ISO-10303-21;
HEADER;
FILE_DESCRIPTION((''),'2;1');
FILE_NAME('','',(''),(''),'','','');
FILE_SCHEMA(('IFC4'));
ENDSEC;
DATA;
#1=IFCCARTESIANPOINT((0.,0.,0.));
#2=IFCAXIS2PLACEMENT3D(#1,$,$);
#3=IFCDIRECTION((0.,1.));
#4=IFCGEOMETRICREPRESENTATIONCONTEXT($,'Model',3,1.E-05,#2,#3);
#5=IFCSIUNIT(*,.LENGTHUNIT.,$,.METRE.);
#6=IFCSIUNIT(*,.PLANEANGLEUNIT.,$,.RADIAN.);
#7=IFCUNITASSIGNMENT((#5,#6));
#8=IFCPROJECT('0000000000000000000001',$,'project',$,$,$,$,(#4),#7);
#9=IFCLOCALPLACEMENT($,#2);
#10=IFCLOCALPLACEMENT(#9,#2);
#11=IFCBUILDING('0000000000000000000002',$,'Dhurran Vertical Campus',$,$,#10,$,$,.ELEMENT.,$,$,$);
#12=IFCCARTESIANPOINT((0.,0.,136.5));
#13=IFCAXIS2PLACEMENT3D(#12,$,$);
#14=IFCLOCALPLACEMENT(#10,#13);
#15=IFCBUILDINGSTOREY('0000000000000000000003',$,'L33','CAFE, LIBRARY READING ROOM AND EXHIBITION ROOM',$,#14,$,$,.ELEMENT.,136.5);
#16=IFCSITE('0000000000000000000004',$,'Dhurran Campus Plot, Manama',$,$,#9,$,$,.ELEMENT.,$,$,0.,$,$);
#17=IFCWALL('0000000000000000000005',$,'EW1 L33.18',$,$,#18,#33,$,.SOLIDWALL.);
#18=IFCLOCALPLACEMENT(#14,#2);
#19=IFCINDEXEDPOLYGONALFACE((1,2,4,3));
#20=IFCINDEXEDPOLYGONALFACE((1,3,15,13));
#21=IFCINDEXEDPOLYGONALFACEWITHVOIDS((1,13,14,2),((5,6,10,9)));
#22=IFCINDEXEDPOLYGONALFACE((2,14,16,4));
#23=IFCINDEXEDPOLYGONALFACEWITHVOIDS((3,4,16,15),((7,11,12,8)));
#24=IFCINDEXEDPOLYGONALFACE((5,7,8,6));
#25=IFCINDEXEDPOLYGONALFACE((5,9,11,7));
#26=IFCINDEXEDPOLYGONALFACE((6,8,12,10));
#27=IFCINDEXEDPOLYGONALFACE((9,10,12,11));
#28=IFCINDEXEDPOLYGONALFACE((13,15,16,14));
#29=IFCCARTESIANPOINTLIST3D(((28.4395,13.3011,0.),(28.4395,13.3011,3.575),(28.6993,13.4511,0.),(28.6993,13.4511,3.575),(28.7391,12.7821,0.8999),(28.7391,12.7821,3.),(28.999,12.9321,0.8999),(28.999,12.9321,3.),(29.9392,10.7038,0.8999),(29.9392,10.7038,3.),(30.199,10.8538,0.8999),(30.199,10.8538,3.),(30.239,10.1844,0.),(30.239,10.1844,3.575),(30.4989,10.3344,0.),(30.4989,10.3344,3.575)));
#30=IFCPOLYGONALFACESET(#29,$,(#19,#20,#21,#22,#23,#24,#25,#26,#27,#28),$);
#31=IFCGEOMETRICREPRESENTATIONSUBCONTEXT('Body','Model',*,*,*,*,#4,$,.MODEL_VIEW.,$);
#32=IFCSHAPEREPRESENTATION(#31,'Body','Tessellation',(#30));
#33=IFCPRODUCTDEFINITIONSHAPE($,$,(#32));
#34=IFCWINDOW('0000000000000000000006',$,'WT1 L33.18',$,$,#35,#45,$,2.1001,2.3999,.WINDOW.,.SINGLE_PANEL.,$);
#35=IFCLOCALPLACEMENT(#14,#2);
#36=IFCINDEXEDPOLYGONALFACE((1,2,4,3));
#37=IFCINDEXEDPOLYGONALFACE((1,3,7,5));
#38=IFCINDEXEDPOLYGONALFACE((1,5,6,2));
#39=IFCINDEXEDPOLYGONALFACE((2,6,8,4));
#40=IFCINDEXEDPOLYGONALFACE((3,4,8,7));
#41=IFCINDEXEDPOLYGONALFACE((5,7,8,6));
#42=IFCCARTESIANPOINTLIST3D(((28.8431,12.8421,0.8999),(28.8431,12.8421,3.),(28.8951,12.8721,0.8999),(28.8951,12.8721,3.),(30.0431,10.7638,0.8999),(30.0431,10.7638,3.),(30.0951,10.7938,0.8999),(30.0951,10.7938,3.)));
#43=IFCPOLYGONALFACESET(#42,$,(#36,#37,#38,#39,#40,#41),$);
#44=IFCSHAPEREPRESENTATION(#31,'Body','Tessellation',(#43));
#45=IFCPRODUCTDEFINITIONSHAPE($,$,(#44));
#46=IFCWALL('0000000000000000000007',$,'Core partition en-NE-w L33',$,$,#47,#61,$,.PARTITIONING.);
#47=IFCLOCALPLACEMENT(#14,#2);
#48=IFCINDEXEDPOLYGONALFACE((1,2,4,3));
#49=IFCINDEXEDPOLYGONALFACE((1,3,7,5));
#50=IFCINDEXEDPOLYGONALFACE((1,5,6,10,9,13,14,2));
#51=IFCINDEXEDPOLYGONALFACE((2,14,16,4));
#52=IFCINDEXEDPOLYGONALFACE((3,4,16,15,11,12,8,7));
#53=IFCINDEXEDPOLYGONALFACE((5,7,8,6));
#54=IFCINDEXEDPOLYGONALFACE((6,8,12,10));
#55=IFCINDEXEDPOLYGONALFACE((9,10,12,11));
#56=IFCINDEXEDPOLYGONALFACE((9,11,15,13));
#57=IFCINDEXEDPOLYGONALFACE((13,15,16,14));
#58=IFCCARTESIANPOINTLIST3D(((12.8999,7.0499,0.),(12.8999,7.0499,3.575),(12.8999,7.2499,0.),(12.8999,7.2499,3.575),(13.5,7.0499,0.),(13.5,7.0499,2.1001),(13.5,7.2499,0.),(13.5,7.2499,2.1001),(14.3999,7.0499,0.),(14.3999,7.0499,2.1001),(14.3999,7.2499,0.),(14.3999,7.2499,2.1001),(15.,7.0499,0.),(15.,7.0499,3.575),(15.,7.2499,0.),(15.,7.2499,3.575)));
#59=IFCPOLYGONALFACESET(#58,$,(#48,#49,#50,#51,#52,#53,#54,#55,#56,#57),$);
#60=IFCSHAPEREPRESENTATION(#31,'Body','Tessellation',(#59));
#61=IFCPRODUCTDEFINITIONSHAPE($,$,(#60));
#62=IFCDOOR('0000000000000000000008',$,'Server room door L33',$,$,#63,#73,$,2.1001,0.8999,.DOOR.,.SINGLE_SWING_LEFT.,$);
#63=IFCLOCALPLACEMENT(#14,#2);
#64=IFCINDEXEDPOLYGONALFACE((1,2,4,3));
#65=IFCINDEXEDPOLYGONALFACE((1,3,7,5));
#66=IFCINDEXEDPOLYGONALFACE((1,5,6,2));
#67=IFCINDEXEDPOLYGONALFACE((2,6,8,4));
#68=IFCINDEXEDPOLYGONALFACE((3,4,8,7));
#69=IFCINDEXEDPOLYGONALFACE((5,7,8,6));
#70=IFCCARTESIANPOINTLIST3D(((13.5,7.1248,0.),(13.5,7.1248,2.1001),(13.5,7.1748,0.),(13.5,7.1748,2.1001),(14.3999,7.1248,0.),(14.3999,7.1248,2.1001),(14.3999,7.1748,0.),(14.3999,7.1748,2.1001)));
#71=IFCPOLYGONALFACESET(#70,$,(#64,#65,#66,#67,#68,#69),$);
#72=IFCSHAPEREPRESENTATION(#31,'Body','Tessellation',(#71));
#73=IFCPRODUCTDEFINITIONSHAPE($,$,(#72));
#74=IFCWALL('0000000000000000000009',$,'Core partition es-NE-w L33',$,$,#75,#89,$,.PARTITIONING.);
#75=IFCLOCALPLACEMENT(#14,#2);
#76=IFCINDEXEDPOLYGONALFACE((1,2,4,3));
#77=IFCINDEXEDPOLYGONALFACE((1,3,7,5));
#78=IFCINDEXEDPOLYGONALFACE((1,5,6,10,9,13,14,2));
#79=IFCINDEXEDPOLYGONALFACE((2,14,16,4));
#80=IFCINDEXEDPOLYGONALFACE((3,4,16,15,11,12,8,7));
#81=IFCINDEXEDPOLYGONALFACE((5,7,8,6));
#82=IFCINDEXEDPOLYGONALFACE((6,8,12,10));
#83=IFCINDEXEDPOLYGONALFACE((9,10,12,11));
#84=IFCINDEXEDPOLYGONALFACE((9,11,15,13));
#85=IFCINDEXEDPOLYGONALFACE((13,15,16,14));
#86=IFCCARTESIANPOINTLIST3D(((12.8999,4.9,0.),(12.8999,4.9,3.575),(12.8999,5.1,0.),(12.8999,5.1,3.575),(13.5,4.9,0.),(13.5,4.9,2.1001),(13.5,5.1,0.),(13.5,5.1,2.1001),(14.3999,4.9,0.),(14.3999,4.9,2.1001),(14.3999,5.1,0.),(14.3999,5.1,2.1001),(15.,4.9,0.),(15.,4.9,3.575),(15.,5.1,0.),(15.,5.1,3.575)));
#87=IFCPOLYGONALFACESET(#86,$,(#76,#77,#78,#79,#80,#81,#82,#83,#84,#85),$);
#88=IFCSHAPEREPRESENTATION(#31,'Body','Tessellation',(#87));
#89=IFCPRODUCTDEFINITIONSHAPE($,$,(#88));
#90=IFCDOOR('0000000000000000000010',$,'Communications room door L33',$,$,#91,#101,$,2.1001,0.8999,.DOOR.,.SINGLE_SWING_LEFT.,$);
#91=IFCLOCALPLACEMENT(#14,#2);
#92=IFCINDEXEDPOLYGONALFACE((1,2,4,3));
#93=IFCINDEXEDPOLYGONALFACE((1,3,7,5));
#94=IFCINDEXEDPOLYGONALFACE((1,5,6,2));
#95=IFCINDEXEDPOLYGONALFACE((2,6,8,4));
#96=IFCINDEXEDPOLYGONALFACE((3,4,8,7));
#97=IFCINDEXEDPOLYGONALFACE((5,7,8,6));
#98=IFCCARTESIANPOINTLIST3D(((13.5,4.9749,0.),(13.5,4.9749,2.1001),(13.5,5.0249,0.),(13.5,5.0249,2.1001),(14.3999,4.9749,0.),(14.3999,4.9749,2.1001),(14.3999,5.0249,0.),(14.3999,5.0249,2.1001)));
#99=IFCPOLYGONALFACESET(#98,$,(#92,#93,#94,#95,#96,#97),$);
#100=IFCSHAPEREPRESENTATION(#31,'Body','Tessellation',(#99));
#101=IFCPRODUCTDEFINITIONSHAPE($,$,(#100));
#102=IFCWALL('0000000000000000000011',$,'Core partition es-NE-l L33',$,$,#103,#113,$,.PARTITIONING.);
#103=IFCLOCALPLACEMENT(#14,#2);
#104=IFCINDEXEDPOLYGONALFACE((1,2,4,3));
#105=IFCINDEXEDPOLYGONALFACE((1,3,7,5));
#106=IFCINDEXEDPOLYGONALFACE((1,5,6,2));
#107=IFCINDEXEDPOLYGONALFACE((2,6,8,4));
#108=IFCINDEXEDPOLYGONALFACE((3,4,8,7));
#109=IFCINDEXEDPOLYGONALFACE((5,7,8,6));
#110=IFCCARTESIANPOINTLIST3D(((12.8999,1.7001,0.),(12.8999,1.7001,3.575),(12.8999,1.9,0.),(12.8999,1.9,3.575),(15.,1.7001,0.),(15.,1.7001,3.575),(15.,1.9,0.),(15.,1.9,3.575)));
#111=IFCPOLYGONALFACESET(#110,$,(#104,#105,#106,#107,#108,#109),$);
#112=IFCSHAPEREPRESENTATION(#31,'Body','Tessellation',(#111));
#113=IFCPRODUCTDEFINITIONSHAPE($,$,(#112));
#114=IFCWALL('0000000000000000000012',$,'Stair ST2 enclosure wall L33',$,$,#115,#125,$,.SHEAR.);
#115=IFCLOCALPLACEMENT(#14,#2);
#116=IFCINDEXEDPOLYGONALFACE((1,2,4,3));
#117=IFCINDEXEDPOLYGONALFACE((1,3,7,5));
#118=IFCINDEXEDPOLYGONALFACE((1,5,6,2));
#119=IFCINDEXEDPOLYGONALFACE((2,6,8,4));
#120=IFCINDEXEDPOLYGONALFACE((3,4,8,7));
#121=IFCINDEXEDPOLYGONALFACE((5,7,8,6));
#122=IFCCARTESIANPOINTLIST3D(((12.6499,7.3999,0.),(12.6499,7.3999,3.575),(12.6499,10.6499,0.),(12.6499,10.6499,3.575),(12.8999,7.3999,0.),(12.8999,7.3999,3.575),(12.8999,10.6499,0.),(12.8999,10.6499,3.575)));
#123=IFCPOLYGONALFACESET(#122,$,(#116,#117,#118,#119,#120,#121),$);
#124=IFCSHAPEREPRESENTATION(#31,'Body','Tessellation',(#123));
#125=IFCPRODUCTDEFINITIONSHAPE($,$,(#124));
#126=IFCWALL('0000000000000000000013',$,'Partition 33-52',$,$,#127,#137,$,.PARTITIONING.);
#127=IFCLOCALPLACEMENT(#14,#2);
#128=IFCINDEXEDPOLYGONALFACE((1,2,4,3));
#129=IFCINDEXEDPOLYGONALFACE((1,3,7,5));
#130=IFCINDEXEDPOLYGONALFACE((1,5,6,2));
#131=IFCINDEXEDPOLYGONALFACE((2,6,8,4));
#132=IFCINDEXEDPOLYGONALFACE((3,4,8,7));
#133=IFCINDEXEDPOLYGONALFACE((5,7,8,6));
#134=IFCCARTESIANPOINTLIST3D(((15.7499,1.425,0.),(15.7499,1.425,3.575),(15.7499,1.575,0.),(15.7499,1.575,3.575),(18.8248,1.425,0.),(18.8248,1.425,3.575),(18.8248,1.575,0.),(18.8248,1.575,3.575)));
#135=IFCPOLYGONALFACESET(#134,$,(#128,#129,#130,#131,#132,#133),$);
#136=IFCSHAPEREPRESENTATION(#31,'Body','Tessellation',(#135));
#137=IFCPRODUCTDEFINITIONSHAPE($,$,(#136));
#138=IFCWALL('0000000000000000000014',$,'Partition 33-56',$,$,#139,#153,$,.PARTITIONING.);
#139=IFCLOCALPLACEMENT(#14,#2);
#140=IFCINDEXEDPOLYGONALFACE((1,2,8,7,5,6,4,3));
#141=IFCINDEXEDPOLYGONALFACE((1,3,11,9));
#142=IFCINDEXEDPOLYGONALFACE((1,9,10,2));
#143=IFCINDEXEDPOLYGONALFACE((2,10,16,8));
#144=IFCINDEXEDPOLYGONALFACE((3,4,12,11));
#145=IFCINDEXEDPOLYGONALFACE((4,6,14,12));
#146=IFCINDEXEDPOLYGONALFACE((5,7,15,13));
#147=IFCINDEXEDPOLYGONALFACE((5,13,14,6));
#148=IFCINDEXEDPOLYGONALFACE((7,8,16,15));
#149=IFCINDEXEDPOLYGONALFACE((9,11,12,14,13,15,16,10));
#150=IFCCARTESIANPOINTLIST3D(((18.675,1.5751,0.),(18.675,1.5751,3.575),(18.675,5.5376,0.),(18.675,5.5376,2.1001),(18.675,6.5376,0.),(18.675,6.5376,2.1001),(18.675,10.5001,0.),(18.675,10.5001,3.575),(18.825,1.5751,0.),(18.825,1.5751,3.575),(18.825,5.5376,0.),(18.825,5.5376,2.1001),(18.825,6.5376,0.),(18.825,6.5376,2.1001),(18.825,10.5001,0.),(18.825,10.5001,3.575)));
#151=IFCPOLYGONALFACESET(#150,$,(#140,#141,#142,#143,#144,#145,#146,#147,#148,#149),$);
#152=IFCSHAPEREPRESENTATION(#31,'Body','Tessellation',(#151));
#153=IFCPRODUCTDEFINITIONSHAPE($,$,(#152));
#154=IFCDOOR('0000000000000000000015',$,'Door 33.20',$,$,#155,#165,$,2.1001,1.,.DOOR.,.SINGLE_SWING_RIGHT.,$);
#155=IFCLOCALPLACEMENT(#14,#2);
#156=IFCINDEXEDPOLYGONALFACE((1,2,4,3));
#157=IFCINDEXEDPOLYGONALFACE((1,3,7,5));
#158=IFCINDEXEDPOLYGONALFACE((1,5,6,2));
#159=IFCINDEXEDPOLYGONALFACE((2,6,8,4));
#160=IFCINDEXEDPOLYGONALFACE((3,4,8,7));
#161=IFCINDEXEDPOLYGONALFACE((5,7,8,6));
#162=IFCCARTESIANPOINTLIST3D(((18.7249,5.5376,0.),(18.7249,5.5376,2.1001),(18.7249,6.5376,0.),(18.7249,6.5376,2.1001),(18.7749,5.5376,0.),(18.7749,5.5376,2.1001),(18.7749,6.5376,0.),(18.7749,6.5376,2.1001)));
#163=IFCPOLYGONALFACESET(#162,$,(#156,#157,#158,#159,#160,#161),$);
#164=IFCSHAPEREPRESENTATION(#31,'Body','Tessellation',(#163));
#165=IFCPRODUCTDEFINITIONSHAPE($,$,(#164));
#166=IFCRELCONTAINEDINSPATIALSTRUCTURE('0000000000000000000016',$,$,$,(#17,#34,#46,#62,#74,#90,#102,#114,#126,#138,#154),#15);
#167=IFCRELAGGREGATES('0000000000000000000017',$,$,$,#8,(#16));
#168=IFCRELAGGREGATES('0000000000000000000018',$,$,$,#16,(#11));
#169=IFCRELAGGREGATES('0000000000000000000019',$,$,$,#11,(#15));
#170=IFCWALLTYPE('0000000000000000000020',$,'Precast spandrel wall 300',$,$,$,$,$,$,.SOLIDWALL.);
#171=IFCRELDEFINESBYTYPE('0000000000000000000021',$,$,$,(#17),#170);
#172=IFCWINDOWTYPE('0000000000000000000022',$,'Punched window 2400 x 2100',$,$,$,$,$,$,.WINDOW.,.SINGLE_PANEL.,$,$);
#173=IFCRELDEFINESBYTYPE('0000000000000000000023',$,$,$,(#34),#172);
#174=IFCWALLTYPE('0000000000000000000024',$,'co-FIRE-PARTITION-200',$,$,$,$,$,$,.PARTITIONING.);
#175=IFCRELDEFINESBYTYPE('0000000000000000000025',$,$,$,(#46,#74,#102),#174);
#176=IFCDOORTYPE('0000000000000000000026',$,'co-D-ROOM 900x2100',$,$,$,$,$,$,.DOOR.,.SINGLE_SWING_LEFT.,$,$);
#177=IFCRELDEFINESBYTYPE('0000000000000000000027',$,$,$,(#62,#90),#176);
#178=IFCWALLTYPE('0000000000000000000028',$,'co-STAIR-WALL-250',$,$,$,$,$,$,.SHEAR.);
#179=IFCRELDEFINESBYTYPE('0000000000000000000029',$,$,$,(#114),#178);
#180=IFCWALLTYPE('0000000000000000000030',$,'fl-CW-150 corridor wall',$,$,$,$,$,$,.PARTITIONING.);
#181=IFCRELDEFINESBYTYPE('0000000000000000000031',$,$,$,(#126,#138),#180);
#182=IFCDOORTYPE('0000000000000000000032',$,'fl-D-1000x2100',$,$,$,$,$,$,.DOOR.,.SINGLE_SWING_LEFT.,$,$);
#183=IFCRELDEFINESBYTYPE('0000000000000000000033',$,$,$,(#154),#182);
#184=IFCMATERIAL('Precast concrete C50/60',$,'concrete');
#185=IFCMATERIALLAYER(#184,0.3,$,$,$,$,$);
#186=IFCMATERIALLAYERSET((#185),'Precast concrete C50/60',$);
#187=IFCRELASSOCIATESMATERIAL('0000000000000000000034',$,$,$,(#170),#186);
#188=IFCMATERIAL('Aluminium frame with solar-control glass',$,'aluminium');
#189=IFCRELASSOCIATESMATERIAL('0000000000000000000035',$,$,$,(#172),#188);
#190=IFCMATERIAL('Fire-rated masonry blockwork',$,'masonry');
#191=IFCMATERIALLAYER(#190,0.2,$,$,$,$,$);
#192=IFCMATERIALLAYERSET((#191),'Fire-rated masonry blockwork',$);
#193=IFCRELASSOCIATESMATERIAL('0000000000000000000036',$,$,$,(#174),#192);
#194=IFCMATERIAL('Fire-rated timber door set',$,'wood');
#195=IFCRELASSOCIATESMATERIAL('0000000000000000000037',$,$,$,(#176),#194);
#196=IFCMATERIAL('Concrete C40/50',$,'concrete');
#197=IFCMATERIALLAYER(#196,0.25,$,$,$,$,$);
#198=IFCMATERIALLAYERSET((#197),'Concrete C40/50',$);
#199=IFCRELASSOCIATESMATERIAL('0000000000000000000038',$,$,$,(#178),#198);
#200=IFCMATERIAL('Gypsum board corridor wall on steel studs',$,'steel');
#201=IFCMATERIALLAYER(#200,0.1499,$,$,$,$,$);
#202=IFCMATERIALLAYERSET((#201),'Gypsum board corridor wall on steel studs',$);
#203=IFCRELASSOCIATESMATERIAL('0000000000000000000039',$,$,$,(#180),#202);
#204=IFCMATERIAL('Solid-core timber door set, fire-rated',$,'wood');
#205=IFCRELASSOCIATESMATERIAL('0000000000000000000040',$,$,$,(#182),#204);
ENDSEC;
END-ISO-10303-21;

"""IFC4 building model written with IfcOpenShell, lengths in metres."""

from ifc_helpers import new_model, si_unit, direction, frame, frame_2d, origin, place, context, subcontext, project, spatial, rectangle, extrude, material, layer, layer_set, type_object, element, fill, save


model = new_model("IFC4")

# Units and contexts
model_context = context("Model", 3, precision=1e-05, world=origin(), true_north=direction((0.0, 1.0)))
body_context = subcontext(model_context, "Body", "Model", "MODEL_VIEW")
ifc_project = project(units=[si_unit("LENGTHUNIT", "METRE"), si_unit("PLANEANGLEUNIT", "RADIAN")], contexts=[model_context])

# Site, building, storey
site_placement = place(None, origin())
site = spatial("IfcSite", under=ifc_project, at=site_placement, Name="Dhurran Campus Plot, Manama", CompositionType="ELEMENT", RefElevation=0.0)
building_placement = place(site_placement, origin())
building = spatial("IfcBuilding", under=site, at=building_placement, Name="Dhurran Vertical Campus", CompositionType="ELEMENT")
storey_placement = place(building_placement, frame((0.0, 0.0, 136.5)))
storey = spatial("IfcBuildingStorey", under=building, at=storey_placement, Name="L33", Description="CAFE, LIBRARY READING ROOM AND EXHIBITION ROOM", CompositionType="ELEMENT", Elevation=136.5)

# Wall, opening, window
ifc_material_1 = material(Name="Precast concrete C50/60", Category="concrete")
ifc_layer_1 = layer(ifc_material_1, 0.3)
ifc_layer_set_1 = layer_set([ifc_layer_1], Name="Precast concrete C50/60")
wall_type_1 = type_object("IfcWallType", Name="Precast spandrel wall 300", PredefinedType="SOLIDWALL", material=ifc_layer_set_1)
ifc_material_2 = material(Name="Aluminium frame with solar-control glass", Category="aluminium")
window_type = type_object("IfcWindowType", Name="Punched window 2400 x 2100", PartitioningType="SINGLE_PANEL", PredefinedType="WINDOW", material=ifc_material_2)
wall_1_placement = place(storey_placement, frame((30.3689, 10.2595, 0.0), z_axis=(0.0, 0.0, 1.0), x_axis=(-0.500028, 0.866009, 0.0)))
wall_1 = element("IfcWall", 1, at=wall_1_placement, inside=storey, type_object=wall_type_1, Name="EW1 L33.18", PredefinedType="SOLIDWALL", context=body_context, shape_type="SweptSolid", body=[
    extrude(rectangle(XDim=3.5989, YDim=0.3, at=frame_2d((1.7993, 0.0))), origin(), (0.0, 0.0, 1.0), 3.575),
])
opening_1_placement = place(wall_1_placement, frame((0.5996, 0.0, 0.8999)))
opening_1 = element("IfcOpeningElement", 2, at=opening_1_placement, cuts=wall_1, PredefinedType="OPENING", context=body_context, shape_type="SweptSolid", body=[
    extrude(rectangle(XDim=2.3999, YDim=2.1001, at=frame_2d((1.2, 1.05))), frame((0.0, 0.1599, 0.0), z_axis=(0.0, -1.0, 0.0), x_axis=(1.0, 0.0, 0.0)), (0.0, 0.0, 1.0), 0.3201),
])
window_1_placement = place(opening_1_placement, origin())
window_1 = element("IfcWindow", 3, at=window_1_placement, inside=storey, type_object=window_type, Name="WT1 L33.18", OverallHeight=2.1001, OverallWidth=2.3999, PartitioningType="SINGLE_PANEL", PredefinedType="WINDOW", context=body_context, shape_type="SweptSolid", body=[
    extrude(rectangle(XDim=2.3999, YDim=2.1001, at=frame_2d((1.2, 1.05))), frame((0.0, 0.03, 0.0), z_axis=(0.0, -1.0, 0.0), x_axis=(1.0, 0.0, 0.0)), (0.0, 0.0, 1.0), 0.0601),
])
fill(opening_1, window_1)

# Walls, openings, doors
ifc_material_3 = material(Name="Fire-rated masonry blockwork", Category="masonry")
ifc_layer_2 = layer(ifc_material_3, 0.2)
ifc_layer_set_2 = layer_set([ifc_layer_2], Name="Fire-rated masonry blockwork")
wall_type_2 = type_object("IfcWallType", Name="co-FIRE-PARTITION-200", PredefinedType="PARTITIONING", material=ifc_layer_set_2)
wall_2_placement = place(storey_placement, frame((12.8999, 7.1499, 0.0), z_axis=(0.0, 0.0, 1.0), x_axis=(1.0, 0.0, 0.0)))
wall_2 = element("IfcWall", 4, at=wall_2_placement, inside=storey, type_object=wall_type_2, Name="Core partition en-NE-w L33", PredefinedType="PARTITIONING", context=body_context, shape_type="SweptSolid", body=[
    extrude(rectangle(XDim=2.1001, YDim=0.2, at=frame_2d((1.05, 0.0))), origin(), (0.0, 0.0, 1.0), 3.575),
])
opening_2_placement = place(wall_2_placement, frame((0.6001, 0.0, 0.0)))
opening_2 = element("IfcOpeningElement", 5, at=opening_2_placement, cuts=wall_2, PredefinedType="OPENING", context=body_context, shape_type="SweptSolid", body=[
    extrude(rectangle(XDim=0.8999, YDim=2.1001, at=frame_2d((0.45, 1.05))), frame((0.0, 0.1099, 0.0), z_axis=(0.0, -1.0, 0.0), x_axis=(1.0, 0.0, 0.0)), (0.0, 0.0, 1.0), 0.22),
])
ifc_material_4 = material(Name="Fire-rated timber door set", Category="wood")
door_type_1 = type_object("IfcDoorType", Name="co-D-ROOM 900x2100", OperationType="SINGLE_SWING_LEFT", PredefinedType="DOOR", material=ifc_material_4)
door_1_placement = place(opening_2_placement, origin())
door_1 = element("IfcDoor", 6, at=door_1_placement, inside=storey, type_object=door_type_1, Name="Server room door L33", OperationType="SINGLE_SWING_LEFT", OverallHeight=2.1001, OverallWidth=0.8999, PredefinedType="DOOR", context=body_context, shape_type="SweptSolid", body=[
    extrude(rectangle(XDim=0.8999, YDim=2.1001, at=frame_2d((0.45, 1.05))), frame((0.0, 0.0249, 0.0), z_axis=(0.0, -1.0, 0.0), x_axis=(1.0, 0.0, 0.0)), (0.0, 0.0, 1.0), 0.05),
])
fill(opening_2, door_1)
wall_3_placement = place(storey_placement, frame((12.8999, 5.0, 0.0), z_axis=(0.0, 0.0, 1.0), x_axis=(1.0, 0.0, 0.0)))
wall_3 = element("IfcWall", 7, at=wall_3_placement, inside=storey, type_object=wall_type_2, Name="Core partition es-NE-w L33", PredefinedType="PARTITIONING", context=body_context, shape_type="SweptSolid", body=[
    extrude(rectangle(XDim=2.1001, YDim=0.2, at=frame_2d((1.05, 0.0))), origin(), (0.0, 0.0, 1.0), 3.575),
])
opening_3_placement = place(wall_3_placement, frame((0.6001, 0.0, 0.0)))
opening_3 = element("IfcOpeningElement", 8, at=opening_3_placement, cuts=wall_3, PredefinedType="OPENING", context=body_context, shape_type="SweptSolid", body=[
    extrude(rectangle(XDim=0.8999, YDim=2.1001, at=frame_2d((0.45, 1.05))), frame((0.0, 0.1099, 0.0), z_axis=(0.0, -1.0, 0.0), x_axis=(1.0, 0.0, 0.0)), (0.0, 0.0, 1.0), 0.22),
])
door_2_placement = place(opening_3_placement, origin())
door_2 = element("IfcDoor", 9, at=door_2_placement, inside=storey, type_object=door_type_1, Name="Communications room door L33", OperationType="SINGLE_SWING_LEFT", OverallHeight=2.1001, OverallWidth=0.8999, PredefinedType="DOOR", context=body_context, shape_type="SweptSolid", body=[
    extrude(rectangle(XDim=0.8999, YDim=2.1001, at=frame_2d((0.45, 1.05))), frame((0.0, 0.0249, 0.0), z_axis=(0.0, -1.0, 0.0), x_axis=(1.0, 0.0, 0.0)), (0.0, 0.0, 1.0), 0.05),
])
fill(opening_3, door_2)

# Walls
wall_4_placement = place(storey_placement, frame((12.8999, 1.8, 0.0), z_axis=(0.0, 0.0, 1.0), x_axis=(1.0, 0.0, 0.0)))
element("IfcWall", 10, at=wall_4_placement, inside=storey, type_object=wall_type_2, Name="Core partition es-NE-l L33", PredefinedType="PARTITIONING", context=body_context, shape_type="SweptSolid", body=[
    extrude(rectangle(XDim=2.1001, YDim=0.2, at=frame_2d((1.05, 0.0))), origin(), (0.0, 0.0, 1.0), 3.575),
])
ifc_material_5 = material(Name="Concrete C40/50", Category="concrete")
ifc_layer_3 = layer(ifc_material_5, 0.25)
ifc_layer_set_3 = layer_set([ifc_layer_3], Name="Concrete C40/50")
wall_type_3 = type_object("IfcWallType", Name="co-STAIR-WALL-250", PredefinedType="SHEAR", material=ifc_layer_set_3)
wall_5_placement = place(storey_placement, frame((12.7749, 7.3999, 0.0), z_axis=(0.0, 0.0, 1.0), x_axis=(0.0, 1.0, 0.0)))
element("IfcWall", 11, at=wall_5_placement, inside=storey, type_object=wall_type_3, Name="Stair ST2 enclosure wall L33", PredefinedType="SHEAR", context=body_context, shape_type="SweptSolid", body=[
    extrude(rectangle(XDim=3.25, YDim=0.25, at=frame_2d((1.625, 0.0))), origin(), (0.0, 0.0, 1.0), 3.575),
])
ifc_material_6 = material(Name="Gypsum board corridor wall on steel studs", Category="steel")
ifc_layer_4 = layer(ifc_material_6, 0.1499)
ifc_layer_set_4 = layer_set([ifc_layer_4], Name="Gypsum board corridor wall on steel studs")
wall_type_4 = type_object("IfcWallType", Name="fl-CW-150 corridor wall", PredefinedType="PARTITIONING", material=ifc_layer_set_4)
wall_6_placement = place(storey_placement, frame((18.825, 1.5, 0.0), z_axis=(0.0, 0.0, 1.0), x_axis=(-1.0, 0.0, 0.0)))
element("IfcWall", 12, at=wall_6_placement, inside=storey, type_object=wall_type_4, Name="Partition 33-52", PredefinedType="PARTITIONING", context=body_context, shape_type="SweptSolid", body=[
    extrude(rectangle(XDim=3.075, YDim=0.1499, at=frame_2d((1.5376, 0.0))), origin(), (0.0, 0.0, 1.0), 3.575),
])

# Wall, opening, door
wall_7_placement = place(storey_placement, frame((18.75, 10.5, 0.0), z_axis=(0.0, 0.0, 1.0), x_axis=(0.0, -1.0, 0.0)))
wall_7 = element("IfcWall", 13, at=wall_7_placement, inside=storey, type_object=wall_type_4, Name="Partition 33-56", PredefinedType="PARTITIONING", context=body_context, shape_type="SweptSolid", body=[
    extrude(rectangle(XDim=8.925, YDim=0.1499, at=frame_2d((4.4624, 0.0))), origin(), (0.0, 0.0, 1.0), 3.575),
])
opening_4_placement = place(wall_7_placement, frame((3.9624, 0.0, 0.0)))
opening_4 = element("IfcOpeningElement", 14, at=opening_4_placement, cuts=wall_7, PredefinedType="OPENING", context=body_context, shape_type="SweptSolid", body=[
    extrude(rectangle(XDim=1.0, YDim=2.1001, at=frame_2d((0.5, 1.05))), frame((0.0, 0.085, 0.0), z_axis=(0.0, -1.0, 0.0), x_axis=(1.0, 0.0, 0.0)), (0.0, 0.0, 1.0), 0.1699),
])
ifc_material_7 = material(Name="Solid-core timber door set, fire-rated", Category="wood")
door_type_2 = type_object("IfcDoorType", Name="fl-D-1000x2100", OperationType="SINGLE_SWING_LEFT", PredefinedType="DOOR", material=ifc_material_7)
door_3_placement = place(opening_4_placement, origin())
door_3 = element("IfcDoor", 15, at=door_3_placement, inside=storey, type_object=door_type_2, Name="Door 33.20", OperationType="SINGLE_SWING_RIGHT", OverallHeight=2.1001, OverallWidth=1.0, PredefinedType="DOOR", context=body_context, shape_type="SweptSolid", body=[
    extrude(rectangle(XDim=1.0, YDim=2.1001, at=frame_2d((0.5, 1.05))), frame((0.0, 0.0249, 0.0), z_axis=(0.0, -1.0, 0.0), x_axis=(1.0, 0.0, 0.0)), (0.0, 0.0, 1.0), 0.05),
])
fill(opening_4, door_3)

save(model, "model.ifc")
